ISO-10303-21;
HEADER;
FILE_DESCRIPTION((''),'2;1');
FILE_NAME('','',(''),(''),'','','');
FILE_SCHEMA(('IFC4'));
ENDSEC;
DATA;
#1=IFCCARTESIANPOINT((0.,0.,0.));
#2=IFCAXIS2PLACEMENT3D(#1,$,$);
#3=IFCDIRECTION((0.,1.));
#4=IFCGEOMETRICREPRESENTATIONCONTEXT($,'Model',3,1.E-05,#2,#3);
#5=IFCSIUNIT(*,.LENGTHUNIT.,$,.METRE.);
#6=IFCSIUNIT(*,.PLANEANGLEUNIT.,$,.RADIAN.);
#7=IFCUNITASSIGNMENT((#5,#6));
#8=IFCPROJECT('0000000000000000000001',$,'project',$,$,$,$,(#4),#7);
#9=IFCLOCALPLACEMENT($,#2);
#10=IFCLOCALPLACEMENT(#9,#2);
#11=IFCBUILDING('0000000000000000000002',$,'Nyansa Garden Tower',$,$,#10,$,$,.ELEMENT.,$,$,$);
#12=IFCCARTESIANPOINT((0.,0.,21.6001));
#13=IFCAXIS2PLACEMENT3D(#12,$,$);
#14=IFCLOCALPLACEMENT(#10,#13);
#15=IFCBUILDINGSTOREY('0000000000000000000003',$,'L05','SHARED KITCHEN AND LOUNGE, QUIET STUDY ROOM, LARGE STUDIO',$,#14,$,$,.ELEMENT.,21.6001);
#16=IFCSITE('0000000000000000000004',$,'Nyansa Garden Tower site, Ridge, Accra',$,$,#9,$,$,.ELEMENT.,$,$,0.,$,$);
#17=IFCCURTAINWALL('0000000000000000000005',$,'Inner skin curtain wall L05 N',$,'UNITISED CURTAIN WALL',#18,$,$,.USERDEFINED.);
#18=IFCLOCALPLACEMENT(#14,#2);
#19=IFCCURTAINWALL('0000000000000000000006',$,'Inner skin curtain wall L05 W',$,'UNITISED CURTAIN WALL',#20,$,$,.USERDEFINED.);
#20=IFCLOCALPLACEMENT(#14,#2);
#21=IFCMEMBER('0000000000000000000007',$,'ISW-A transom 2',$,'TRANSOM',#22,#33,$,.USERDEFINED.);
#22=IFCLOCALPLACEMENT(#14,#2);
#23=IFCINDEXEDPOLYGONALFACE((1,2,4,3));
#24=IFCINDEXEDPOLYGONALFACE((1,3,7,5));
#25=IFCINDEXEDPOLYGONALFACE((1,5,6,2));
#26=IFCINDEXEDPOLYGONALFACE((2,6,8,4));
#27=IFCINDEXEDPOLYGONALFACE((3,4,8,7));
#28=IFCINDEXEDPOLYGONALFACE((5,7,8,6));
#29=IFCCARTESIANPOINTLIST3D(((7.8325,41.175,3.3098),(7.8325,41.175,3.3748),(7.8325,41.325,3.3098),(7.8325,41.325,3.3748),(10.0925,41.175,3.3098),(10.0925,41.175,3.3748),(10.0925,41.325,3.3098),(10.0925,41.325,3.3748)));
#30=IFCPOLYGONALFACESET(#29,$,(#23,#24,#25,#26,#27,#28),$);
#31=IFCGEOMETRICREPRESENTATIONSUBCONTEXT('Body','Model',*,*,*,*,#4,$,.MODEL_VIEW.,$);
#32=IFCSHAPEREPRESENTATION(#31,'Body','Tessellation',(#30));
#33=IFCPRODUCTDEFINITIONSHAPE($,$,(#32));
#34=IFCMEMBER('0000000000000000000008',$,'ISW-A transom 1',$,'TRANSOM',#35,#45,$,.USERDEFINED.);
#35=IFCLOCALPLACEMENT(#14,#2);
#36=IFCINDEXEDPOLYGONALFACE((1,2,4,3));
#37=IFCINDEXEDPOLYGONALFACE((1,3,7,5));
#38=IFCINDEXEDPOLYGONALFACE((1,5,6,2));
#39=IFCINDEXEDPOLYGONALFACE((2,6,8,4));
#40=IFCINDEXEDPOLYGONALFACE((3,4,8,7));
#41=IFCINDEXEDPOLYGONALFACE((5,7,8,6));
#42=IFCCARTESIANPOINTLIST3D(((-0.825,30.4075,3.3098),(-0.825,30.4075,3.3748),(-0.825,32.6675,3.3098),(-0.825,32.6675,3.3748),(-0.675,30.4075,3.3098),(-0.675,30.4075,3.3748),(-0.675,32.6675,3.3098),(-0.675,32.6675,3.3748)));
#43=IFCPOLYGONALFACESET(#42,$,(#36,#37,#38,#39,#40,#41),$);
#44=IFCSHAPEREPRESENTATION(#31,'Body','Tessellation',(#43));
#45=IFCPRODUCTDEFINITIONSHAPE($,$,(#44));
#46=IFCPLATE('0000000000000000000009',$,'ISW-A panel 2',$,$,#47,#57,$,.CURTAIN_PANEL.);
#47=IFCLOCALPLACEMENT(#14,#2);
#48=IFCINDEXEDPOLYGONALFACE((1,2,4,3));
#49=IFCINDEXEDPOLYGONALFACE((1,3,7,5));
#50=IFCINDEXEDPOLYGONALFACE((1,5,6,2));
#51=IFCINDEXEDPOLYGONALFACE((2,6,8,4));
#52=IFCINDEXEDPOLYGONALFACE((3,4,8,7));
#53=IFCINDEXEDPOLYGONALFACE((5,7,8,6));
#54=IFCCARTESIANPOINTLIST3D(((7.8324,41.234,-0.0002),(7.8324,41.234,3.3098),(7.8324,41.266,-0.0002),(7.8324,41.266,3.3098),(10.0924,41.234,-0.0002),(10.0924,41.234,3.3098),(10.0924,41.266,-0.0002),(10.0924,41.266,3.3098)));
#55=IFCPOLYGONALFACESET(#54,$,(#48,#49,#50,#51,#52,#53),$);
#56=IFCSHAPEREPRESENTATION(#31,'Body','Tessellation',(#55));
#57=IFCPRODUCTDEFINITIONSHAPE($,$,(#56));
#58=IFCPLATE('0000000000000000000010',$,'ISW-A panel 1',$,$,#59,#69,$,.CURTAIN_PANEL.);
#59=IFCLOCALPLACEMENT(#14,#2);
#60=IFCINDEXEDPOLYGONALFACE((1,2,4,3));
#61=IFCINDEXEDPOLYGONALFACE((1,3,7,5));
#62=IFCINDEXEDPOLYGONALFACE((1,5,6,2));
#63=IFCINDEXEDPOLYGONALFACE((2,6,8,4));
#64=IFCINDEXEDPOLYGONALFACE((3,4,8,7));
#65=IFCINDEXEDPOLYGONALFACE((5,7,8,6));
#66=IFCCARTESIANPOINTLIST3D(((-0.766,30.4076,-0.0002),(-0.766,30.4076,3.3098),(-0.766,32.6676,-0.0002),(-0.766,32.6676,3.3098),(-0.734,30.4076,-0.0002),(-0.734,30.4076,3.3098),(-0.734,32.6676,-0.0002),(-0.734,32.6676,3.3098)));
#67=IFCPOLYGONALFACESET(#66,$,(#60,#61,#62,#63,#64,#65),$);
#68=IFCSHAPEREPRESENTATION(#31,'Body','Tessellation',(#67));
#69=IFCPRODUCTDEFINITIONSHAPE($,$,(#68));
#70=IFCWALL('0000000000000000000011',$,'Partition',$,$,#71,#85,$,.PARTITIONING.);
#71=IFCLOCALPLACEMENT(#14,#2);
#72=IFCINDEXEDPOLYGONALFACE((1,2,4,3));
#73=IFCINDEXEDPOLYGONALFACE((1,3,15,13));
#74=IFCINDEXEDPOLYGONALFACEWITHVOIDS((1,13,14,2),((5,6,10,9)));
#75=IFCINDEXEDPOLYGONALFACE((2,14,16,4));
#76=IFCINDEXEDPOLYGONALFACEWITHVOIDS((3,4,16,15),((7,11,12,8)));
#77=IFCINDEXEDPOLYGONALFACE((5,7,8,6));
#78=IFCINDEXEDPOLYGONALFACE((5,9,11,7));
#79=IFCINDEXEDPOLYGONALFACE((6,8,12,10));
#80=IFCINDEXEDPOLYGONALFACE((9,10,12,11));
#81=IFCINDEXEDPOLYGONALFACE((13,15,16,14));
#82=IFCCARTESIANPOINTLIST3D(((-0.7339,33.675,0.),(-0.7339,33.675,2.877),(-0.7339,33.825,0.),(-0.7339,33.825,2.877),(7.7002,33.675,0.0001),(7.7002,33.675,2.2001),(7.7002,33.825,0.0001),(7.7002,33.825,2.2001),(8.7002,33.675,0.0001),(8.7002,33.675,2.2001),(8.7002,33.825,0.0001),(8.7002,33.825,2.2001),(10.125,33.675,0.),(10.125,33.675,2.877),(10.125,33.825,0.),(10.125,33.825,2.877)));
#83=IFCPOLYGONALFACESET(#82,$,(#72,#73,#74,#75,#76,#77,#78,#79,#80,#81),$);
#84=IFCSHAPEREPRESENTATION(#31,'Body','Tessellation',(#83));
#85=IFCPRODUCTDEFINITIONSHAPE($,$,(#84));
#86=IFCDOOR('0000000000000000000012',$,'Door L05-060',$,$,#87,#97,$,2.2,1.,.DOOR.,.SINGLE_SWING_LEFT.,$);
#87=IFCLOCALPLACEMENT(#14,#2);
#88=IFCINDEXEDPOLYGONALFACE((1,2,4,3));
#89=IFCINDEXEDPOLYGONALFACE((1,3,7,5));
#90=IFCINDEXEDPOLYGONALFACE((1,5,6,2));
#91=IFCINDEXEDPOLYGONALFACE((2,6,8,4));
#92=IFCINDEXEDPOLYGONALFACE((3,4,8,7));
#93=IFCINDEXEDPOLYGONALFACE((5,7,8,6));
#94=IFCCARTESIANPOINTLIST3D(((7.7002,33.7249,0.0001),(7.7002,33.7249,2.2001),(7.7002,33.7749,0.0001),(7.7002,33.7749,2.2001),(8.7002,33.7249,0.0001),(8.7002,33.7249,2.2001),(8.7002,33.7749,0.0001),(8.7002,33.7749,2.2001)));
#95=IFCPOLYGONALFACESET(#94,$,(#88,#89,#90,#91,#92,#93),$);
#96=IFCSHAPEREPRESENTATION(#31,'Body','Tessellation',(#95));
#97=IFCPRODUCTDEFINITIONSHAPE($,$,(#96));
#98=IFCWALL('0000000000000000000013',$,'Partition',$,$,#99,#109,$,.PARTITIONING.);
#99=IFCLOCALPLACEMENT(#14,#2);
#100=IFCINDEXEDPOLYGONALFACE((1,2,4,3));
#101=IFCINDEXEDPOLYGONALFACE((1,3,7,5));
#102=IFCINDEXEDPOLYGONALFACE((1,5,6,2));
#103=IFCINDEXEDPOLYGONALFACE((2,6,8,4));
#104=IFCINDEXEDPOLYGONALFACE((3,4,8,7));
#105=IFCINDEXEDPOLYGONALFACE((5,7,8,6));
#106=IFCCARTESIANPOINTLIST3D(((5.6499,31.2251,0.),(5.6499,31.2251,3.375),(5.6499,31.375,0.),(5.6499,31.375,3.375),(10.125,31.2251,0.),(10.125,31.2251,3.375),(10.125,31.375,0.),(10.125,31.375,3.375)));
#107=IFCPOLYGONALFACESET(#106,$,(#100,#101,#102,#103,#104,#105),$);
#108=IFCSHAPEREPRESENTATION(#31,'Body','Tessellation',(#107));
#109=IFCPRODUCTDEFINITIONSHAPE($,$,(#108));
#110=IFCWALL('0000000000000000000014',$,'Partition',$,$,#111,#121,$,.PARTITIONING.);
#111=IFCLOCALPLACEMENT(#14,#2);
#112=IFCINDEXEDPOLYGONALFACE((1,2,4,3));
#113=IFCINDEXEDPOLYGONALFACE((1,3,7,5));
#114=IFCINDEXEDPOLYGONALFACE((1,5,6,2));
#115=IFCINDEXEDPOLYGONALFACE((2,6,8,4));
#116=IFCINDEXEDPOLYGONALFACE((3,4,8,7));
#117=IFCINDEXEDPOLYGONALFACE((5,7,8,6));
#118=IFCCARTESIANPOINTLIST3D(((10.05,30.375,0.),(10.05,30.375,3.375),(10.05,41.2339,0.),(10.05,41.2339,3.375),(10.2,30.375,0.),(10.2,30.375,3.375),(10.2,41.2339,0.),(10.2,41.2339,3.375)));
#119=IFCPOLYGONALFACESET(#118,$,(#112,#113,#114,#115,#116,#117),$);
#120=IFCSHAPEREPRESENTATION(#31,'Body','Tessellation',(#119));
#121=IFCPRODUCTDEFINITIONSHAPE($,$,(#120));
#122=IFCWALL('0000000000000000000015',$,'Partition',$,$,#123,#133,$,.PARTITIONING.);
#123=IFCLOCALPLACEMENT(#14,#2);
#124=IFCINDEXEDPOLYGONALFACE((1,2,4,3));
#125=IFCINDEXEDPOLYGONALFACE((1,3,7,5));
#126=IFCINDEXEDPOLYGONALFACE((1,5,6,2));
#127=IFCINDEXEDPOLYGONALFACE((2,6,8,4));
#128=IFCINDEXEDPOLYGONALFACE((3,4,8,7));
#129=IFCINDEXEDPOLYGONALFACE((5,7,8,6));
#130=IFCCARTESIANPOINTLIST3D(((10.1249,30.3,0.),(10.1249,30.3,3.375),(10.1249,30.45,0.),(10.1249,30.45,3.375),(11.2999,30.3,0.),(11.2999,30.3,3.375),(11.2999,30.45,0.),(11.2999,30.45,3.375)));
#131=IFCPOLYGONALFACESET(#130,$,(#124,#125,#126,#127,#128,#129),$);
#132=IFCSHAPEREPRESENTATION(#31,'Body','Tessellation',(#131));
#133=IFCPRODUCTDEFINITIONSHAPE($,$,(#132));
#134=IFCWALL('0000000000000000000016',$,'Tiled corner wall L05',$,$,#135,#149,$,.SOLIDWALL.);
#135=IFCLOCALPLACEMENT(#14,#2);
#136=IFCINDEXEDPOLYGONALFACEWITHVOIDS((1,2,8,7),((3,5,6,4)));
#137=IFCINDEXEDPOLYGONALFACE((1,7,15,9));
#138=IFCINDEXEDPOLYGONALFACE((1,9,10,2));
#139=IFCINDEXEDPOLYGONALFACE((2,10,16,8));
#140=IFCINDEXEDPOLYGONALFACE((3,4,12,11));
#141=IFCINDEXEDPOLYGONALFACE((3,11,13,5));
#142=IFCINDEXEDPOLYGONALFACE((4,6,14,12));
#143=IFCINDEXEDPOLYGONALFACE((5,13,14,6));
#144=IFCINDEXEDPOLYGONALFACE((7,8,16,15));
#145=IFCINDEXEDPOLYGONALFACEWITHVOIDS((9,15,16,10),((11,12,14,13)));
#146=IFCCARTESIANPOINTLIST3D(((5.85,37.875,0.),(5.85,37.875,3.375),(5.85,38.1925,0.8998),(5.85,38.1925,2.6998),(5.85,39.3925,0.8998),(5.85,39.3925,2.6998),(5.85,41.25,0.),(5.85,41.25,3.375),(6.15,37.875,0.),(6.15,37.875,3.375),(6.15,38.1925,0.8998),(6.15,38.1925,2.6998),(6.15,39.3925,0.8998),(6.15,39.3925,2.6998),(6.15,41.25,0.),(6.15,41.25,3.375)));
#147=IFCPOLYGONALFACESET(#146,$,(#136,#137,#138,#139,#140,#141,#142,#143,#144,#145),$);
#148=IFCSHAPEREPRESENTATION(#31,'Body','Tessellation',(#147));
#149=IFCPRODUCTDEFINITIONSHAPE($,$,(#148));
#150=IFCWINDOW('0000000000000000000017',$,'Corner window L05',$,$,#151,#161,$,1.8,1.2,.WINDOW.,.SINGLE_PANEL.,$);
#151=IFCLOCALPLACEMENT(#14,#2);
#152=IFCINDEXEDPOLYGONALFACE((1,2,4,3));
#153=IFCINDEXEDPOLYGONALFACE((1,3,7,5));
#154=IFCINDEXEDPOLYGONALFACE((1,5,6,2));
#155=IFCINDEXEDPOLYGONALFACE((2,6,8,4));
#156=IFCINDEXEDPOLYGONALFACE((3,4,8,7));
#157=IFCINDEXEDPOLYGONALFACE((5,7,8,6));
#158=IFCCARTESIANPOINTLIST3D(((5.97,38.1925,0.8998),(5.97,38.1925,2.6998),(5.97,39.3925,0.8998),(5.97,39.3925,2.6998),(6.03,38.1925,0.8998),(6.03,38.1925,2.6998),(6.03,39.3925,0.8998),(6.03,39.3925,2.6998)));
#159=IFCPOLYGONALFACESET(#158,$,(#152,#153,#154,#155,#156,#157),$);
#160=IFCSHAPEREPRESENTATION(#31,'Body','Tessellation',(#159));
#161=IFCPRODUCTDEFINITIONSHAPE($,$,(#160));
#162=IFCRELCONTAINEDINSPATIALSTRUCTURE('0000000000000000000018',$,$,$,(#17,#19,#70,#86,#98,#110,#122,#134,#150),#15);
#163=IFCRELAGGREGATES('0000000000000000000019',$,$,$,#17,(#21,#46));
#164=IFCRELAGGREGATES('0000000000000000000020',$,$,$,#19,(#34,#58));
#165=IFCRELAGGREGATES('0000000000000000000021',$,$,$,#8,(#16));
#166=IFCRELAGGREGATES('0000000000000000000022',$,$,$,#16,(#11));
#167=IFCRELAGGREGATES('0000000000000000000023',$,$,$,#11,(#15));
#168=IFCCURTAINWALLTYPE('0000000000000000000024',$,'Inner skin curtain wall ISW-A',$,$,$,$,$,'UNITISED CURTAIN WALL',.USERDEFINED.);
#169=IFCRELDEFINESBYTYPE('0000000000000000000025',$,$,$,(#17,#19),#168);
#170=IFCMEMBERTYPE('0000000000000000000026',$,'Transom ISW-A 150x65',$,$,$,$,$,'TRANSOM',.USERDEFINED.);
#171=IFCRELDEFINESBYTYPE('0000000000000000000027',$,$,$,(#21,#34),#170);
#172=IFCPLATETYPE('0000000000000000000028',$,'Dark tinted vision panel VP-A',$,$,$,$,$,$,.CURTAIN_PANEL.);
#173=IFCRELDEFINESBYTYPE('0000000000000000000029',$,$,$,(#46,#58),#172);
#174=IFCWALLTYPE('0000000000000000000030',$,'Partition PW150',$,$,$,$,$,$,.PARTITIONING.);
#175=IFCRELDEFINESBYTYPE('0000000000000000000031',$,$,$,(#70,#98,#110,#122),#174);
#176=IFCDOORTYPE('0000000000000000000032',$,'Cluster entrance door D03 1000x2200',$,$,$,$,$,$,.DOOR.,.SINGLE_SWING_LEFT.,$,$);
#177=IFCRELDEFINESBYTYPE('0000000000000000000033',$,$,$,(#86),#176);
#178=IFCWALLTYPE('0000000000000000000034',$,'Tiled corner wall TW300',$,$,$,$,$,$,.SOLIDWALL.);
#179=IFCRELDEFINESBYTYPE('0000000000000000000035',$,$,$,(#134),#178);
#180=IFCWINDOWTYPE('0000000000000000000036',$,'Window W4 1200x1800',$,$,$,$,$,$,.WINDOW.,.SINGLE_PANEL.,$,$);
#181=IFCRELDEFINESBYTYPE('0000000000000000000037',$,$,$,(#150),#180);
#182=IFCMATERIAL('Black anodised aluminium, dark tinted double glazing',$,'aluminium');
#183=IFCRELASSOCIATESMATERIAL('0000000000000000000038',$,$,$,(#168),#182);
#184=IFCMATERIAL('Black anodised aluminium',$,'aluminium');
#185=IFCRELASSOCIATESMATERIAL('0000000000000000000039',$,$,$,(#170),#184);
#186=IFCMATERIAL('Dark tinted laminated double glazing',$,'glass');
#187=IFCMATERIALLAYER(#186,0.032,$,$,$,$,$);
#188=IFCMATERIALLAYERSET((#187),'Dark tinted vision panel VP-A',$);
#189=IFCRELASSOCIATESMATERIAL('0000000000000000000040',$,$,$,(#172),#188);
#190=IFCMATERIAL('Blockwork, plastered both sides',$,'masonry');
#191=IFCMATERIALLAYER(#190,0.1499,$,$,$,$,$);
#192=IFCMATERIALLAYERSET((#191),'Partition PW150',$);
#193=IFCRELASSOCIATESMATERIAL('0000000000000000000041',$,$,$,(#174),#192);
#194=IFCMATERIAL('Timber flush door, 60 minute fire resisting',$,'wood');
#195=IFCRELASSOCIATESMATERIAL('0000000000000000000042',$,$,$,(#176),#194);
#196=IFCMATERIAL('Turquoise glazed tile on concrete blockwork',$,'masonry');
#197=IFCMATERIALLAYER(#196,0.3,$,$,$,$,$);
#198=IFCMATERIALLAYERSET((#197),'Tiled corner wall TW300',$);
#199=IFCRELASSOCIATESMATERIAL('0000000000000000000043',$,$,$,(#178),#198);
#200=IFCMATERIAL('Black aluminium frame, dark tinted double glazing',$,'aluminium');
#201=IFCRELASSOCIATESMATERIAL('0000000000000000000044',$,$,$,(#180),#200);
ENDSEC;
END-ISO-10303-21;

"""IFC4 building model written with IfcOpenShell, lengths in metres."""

from ifc_helpers import new_model, si_unit, direction, frame, frame_2d, origin, origin_2d, place, context, subcontext, project, spatial, rectangle, extrude, material, layer, layer_set, material_profile, profile_set, type_object, element, fill, aggregate, save


model = new_model("IFC4")

# Units and contexts
model_context = context("Model", 3, precision=1e-05, world=origin(), true_north=direction((0.0, 1.0)))
body_context = subcontext(model_context, "Body", "Model", "MODEL_VIEW")
ifc_project = project(units=[si_unit("LENGTHUNIT", "METRE"), si_unit("PLANEANGLEUNIT", "RADIAN")], contexts=[model_context])

# Site, building, storey
site_placement = place(None, origin())
site = spatial("IfcSite", under=ifc_project, at=site_placement, Name="Nyansa Garden Tower site, Ridge, Accra", CompositionType="ELEMENT", RefElevation=0.0)
building_placement = place(site_placement, origin())
building = spatial("IfcBuilding", under=site, at=building_placement, Name="Nyansa Garden Tower", CompositionType="ELEMENT")
storey_placement = place(building_placement, frame((0.0, 0.0, 21.6001)))
storey = spatial("IfcBuildingStorey", under=building, at=storey_placement, Name="L05", Description="SHARED KITCHEN AND LOUNGE, QUIET STUDY ROOM, LARGE STUDIO", CompositionType="ELEMENT", Elevation=21.6001)

# Curtain walls
ifc_material_1 = material(Name="Black anodised aluminium, dark tinted double glazing", Category="aluminium")
curtain_wall_type = type_object("IfcCurtainWallType", Name="Inner skin curtain wall ISW-A", ElementType="UNITISED CURTAIN WALL", PredefinedType="USERDEFINED", material=ifc_material_1)
curtain_wall_1_placement = place(storey_placement, origin())
curtain_wall_1 = element("IfcCurtainWall", 1, at=curtain_wall_1_placement, inside=storey, type_object=curtain_wall_type, Name="Inner skin curtain wall L05 N", ObjectType="UNITISED CURTAIN WALL", PredefinedType="USERDEFINED")
curtain_wall_2_placement = place(storey_placement, origin())
curtain_wall_2 = element("IfcCurtainWall", 2, at=curtain_wall_2_placement, inside=storey, type_object=curtain_wall_type, Name="Inner skin curtain wall L05 W", ObjectType="UNITISED CURTAIN WALL", PredefinedType="USERDEFINED")

# Members
ifc_material_2 = material(Name="Black anodised aluminium", Category="aluminium")
ifc_material_profile_1 = material_profile(ifc_material_2, rectangle(XDim=0.1499, YDim=0.0649, at=origin_2d()), Name="Transom 150x65")
ifc_profile_set_1 = profile_set([ifc_material_profile_1], Name="Black anodised aluminium")
member_type_1 = type_object("IfcMemberType", Name="Transom ISW-A 150x65", ElementType="TRANSOM", PredefinedType="USERDEFINED", material=ifc_profile_set_1)
member_1_placement = place(storey_placement, frame((10.0925, 41.25, 3.3423), z_axis=(-1.0, 0.0, 0.0), x_axis=(0.0, -1.0, 0.0)))
member_1 = element("IfcMember", 3, at=member_1_placement, type_object=member_type_1, Name="ISW-A transom 2", ObjectType="TRANSOM", PredefinedType="USERDEFINED", context=body_context, shape_type="SweptSolid", body=[
    extrude(rectangle(XDim=0.1499, YDim=0.0649, at=origin_2d()), origin(), (0.0, 0.0, 1.0), 2.26),
])
member_2_placement = place(storey_placement, frame((-0.75, 32.6675, 3.3423), z_axis=(0.0, -1.0, 0.0), x_axis=(1.0, 0.0, 0.0)))
member_2 = element("IfcMember", 4, at=member_2_placement, type_object=member_type_1, Name="ISW-A transom 1", ObjectType="TRANSOM", PredefinedType="USERDEFINED", context=body_context, shape_type="SweptSolid", body=[
    extrude(rectangle(XDim=0.1499, YDim=0.0649, at=origin_2d()), origin(), (0.0, 0.0, 1.0), 2.26),
])

# Plates
ifc_material_3 = material(Name="Dark tinted laminated double glazing", Category="glass")
ifc_layer_1 = layer(ifc_material_3, 0.032)
ifc_layer_set_1 = layer_set([ifc_layer_1], Name="Dark tinted vision panel VP-A")
plate_type = type_object("IfcPlateType", Name="Dark tinted vision panel VP-A", PredefinedType="CURTAIN_PANEL", material=ifc_layer_set_1)
plate_1_placement = place(storey_placement, frame((8.9624, 41.25, -0.0002), z_axis=(0.0, 0.0, 1.0), x_axis=(-1.0, 0.0, 0.0)))
plate_1 = element("IfcPlate", 5, at=plate_1_placement, type_object=plate_type, Name="ISW-A panel 2", PredefinedType="CURTAIN_PANEL", context=body_context, shape_type="SweptSolid", body=[
    extrude(rectangle(XDim=2.26, YDim=0.032, at=origin_2d()), origin(), (0.0, 0.0, 1.0), 3.3101),
])
aggregate(curtain_wall_1, [member_1, plate_1])
plate_2_placement = place(storey_placement, frame((-0.75, 31.5376, -0.0002), z_axis=(0.0, 0.0, 1.0), x_axis=(0.0, -1.0, 0.0)))
plate_2 = element("IfcPlate", 6, at=plate_2_placement, type_object=plate_type, Name="ISW-A panel 1", PredefinedType="CURTAIN_PANEL", context=body_context, shape_type="SweptSolid", body=[
    extrude(rectangle(XDim=2.26, YDim=0.032, at=origin_2d()), origin(), (0.0, 0.0, 1.0), 3.3101),
])
aggregate(curtain_wall_2, [member_2, plate_2])

# Wall, opening, door
ifc_material_4 = material(Name="Blockwork, plastered both sides", Category="masonry")
ifc_layer_2 = layer(ifc_material_4, 0.1499)
ifc_layer_set_2 = layer_set([ifc_layer_2], Name="Partition PW150")
wall_type_1 = type_object("IfcWallType", Name="Partition PW150", PredefinedType="PARTITIONING", material=ifc_layer_set_2)
wall_1_placement = place(storey_placement, frame((-0.7339, 33.75, 0.0), z_axis=(0.0, 0.0, 1.0), x_axis=(1.0, 0.0, 0.0)))
wall_1 = element("IfcWall", 7, at=wall_1_placement, inside=storey, type_object=wall_type_1, Name="Partition", PredefinedType="PARTITIONING", context=body_context, shape_type="SweptSolid", body=[
    extrude(rectangle(XDim=10.8589, YDim=0.1499, at=frame_2d((5.4294, 0.0))), origin(), (0.0, 0.0, 1.0), 2.877),
])
opening_1_placement = place(wall_1_placement, frame((8.4341, 0.0, 0.0)))
opening_1 = element("IfcOpeningElement", 8, at=opening_1_placement, cuts=wall_1, PredefinedType="OPENING", context=body_context, shape_type="SweptSolid", body=[
    extrude(rectangle(XDim=1.0, YDim=2.2, at=frame_2d((0.5, 1.1001))), frame((0.0, 0.085, 0.0), z_axis=(0.0, -1.0, 0.0), x_axis=(1.0, 0.0, 0.0)), (0.0, 0.0, 1.0), 0.1699),
])
ifc_material_5 = material(Name="Timber flush door, 60 minute fire resisting", Category="wood")
door_type_1 = type_object("IfcDoorType", Name="Cluster entrance door D03 1000x2200", OperationType="SINGLE_SWING_LEFT", PredefinedType="DOOR", material=ifc_material_5)
door_1_placement = place(opening_1_placement, origin())
door_1 = element("IfcDoor", 9, at=door_1_placement, inside=storey, type_object=door_type_1, Name="Door L05-060", OperationType="SINGLE_SWING_LEFT", OverallHeight=2.2, OverallWidth=1.0, PredefinedType="DOOR", context=body_context, shape_type="SweptSolid", body=[
    extrude(rectangle(XDim=1.0, YDim=2.2, at=frame_2d((0.5, 1.1001))), frame((0.0, 0.0249, 0.0), z_axis=(0.0, -1.0, 0.0), x_axis=(1.0, 0.0, 0.0)), (0.0, 0.0, 1.0), 0.05),
])
fill(opening_1, door_1)

# Walls
wall_2_placement = place(storey_placement, frame((5.6499, 31.3, 0.0), z_axis=(0.0, 0.0, 1.0), x_axis=(1.0, 0.0, 0.0)))
element("IfcWall", 10, at=wall_2_placement, inside=storey, type_object=wall_type_1, Name="Partition", PredefinedType="PARTITIONING", context=body_context, shape_type="SweptSolid", body=[
    extrude(rectangle(XDim=4.4751, YDim=0.1499, at=frame_2d((2.2375, 0.0))), origin(), (0.0, 0.0, 1.0), 3.375),
])
wall_3_placement = place(storey_placement, frame((10.125, 30.375, 0.0), z_axis=(0.0, 0.0, 1.0), x_axis=(0.0, 1.0, 0.0)))
element("IfcWall", 11, at=wall_3_placement, inside=storey, type_object=wall_type_1, Name="Partition", PredefinedType="PARTITIONING", context=body_context, shape_type="SweptSolid", body=[
    extrude(rectangle(XDim=10.8589, YDim=0.1499, at=frame_2d((5.4294, 0.0))), origin(), (0.0, 0.0, 1.0), 3.375),
])
wall_4_placement = place(storey_placement, frame((10.125, 30.375, 0.0), z_axis=(0.0, 0.0, 1.0), x_axis=(1.0, 0.0, 0.0)))
element("IfcWall", 12, at=wall_4_placement, inside=storey, type_object=wall_type_1, Name="Partition", PredefinedType="PARTITIONING", context=body_context, shape_type="SweptSolid", body=[
    extrude(rectangle(XDim=1.175, YDim=0.1499, at=frame_2d((0.5874, 0.0))), origin(), (0.0, 0.0, 1.0), 3.375),
])

# Wall, opening, window
ifc_material_6 = material(Name="Turquoise glazed tile on concrete blockwork", Category="masonry")
ifc_layer_3 = layer(ifc_material_6, 0.3)
ifc_layer_set_3 = layer_set([ifc_layer_3], Name="Tiled corner wall TW300")
wall_type_2 = type_object("IfcWallType", Name="Tiled corner wall TW300", PredefinedType="SOLIDWALL", material=ifc_layer_set_3)
wall_5_placement = place(storey_placement, frame((6.0, 41.25, 0.0), z_axis=(0.0, 0.0, 1.0), x_axis=(0.0, -1.0, 0.0)))
wall_5 = element("IfcWall", 13, at=wall_5_placement, inside=storey, type_object=wall_type_2, Name="Tiled corner wall L05", PredefinedType="SOLIDWALL", context=body_context, shape_type="SweptSolid", body=[
    extrude(rectangle(XDim=3.375, YDim=0.3, at=frame_2d((1.6875, 0.0))), origin(), (0.0, 0.0, 1.0), 3.375),
])
opening_2_placement = place(wall_5_placement, frame((1.8574, 0.0, 0.8999)))
opening_2 = element("IfcOpeningElement", 14, at=opening_2_placement, cuts=wall_5, PredefinedType="OPENING", context=body_context, shape_type="SweptSolid", body=[
    extrude(rectangle(XDim=1.2, YDim=1.8, at=frame_2d((0.6001, 0.8999))), frame((0.0, 0.1599, 0.0), z_axis=(0.0, -1.0, 0.0), x_axis=(1.0, 0.0, 0.0)), (0.0, 0.0, 1.0), 0.3201),
])
ifc_material_7 = material(Name="Black aluminium frame, dark tinted double glazing", Category="aluminium")
window_type_1 = type_object("IfcWindowType", Name="Window W4 1200x1800", PartitioningType="SINGLE_PANEL", PredefinedType="WINDOW", material=ifc_material_7)
window_1_placement = place(opening_2_placement, origin())
window_1 = element("IfcWindow", 15, at=window_1_placement, inside=storey, type_object=window_type_1, Name="Corner window L05", OverallHeight=1.8, OverallWidth=1.2, PartitioningType="SINGLE_PANEL", PredefinedType="WINDOW", context=body_context, shape_type="SweptSolid", body=[
    extrude(rectangle(XDim=1.2, YDim=1.8, at=frame_2d((0.6001, 0.8999))), frame((0.0, 0.03, 0.0), z_axis=(0.0, -1.0, 0.0), x_axis=(1.0, 0.0, 0.0)), (0.0, 0.0, 1.0), 0.0601),
])
fill(opening_2, window_1)

save(model, "model.ifc")
